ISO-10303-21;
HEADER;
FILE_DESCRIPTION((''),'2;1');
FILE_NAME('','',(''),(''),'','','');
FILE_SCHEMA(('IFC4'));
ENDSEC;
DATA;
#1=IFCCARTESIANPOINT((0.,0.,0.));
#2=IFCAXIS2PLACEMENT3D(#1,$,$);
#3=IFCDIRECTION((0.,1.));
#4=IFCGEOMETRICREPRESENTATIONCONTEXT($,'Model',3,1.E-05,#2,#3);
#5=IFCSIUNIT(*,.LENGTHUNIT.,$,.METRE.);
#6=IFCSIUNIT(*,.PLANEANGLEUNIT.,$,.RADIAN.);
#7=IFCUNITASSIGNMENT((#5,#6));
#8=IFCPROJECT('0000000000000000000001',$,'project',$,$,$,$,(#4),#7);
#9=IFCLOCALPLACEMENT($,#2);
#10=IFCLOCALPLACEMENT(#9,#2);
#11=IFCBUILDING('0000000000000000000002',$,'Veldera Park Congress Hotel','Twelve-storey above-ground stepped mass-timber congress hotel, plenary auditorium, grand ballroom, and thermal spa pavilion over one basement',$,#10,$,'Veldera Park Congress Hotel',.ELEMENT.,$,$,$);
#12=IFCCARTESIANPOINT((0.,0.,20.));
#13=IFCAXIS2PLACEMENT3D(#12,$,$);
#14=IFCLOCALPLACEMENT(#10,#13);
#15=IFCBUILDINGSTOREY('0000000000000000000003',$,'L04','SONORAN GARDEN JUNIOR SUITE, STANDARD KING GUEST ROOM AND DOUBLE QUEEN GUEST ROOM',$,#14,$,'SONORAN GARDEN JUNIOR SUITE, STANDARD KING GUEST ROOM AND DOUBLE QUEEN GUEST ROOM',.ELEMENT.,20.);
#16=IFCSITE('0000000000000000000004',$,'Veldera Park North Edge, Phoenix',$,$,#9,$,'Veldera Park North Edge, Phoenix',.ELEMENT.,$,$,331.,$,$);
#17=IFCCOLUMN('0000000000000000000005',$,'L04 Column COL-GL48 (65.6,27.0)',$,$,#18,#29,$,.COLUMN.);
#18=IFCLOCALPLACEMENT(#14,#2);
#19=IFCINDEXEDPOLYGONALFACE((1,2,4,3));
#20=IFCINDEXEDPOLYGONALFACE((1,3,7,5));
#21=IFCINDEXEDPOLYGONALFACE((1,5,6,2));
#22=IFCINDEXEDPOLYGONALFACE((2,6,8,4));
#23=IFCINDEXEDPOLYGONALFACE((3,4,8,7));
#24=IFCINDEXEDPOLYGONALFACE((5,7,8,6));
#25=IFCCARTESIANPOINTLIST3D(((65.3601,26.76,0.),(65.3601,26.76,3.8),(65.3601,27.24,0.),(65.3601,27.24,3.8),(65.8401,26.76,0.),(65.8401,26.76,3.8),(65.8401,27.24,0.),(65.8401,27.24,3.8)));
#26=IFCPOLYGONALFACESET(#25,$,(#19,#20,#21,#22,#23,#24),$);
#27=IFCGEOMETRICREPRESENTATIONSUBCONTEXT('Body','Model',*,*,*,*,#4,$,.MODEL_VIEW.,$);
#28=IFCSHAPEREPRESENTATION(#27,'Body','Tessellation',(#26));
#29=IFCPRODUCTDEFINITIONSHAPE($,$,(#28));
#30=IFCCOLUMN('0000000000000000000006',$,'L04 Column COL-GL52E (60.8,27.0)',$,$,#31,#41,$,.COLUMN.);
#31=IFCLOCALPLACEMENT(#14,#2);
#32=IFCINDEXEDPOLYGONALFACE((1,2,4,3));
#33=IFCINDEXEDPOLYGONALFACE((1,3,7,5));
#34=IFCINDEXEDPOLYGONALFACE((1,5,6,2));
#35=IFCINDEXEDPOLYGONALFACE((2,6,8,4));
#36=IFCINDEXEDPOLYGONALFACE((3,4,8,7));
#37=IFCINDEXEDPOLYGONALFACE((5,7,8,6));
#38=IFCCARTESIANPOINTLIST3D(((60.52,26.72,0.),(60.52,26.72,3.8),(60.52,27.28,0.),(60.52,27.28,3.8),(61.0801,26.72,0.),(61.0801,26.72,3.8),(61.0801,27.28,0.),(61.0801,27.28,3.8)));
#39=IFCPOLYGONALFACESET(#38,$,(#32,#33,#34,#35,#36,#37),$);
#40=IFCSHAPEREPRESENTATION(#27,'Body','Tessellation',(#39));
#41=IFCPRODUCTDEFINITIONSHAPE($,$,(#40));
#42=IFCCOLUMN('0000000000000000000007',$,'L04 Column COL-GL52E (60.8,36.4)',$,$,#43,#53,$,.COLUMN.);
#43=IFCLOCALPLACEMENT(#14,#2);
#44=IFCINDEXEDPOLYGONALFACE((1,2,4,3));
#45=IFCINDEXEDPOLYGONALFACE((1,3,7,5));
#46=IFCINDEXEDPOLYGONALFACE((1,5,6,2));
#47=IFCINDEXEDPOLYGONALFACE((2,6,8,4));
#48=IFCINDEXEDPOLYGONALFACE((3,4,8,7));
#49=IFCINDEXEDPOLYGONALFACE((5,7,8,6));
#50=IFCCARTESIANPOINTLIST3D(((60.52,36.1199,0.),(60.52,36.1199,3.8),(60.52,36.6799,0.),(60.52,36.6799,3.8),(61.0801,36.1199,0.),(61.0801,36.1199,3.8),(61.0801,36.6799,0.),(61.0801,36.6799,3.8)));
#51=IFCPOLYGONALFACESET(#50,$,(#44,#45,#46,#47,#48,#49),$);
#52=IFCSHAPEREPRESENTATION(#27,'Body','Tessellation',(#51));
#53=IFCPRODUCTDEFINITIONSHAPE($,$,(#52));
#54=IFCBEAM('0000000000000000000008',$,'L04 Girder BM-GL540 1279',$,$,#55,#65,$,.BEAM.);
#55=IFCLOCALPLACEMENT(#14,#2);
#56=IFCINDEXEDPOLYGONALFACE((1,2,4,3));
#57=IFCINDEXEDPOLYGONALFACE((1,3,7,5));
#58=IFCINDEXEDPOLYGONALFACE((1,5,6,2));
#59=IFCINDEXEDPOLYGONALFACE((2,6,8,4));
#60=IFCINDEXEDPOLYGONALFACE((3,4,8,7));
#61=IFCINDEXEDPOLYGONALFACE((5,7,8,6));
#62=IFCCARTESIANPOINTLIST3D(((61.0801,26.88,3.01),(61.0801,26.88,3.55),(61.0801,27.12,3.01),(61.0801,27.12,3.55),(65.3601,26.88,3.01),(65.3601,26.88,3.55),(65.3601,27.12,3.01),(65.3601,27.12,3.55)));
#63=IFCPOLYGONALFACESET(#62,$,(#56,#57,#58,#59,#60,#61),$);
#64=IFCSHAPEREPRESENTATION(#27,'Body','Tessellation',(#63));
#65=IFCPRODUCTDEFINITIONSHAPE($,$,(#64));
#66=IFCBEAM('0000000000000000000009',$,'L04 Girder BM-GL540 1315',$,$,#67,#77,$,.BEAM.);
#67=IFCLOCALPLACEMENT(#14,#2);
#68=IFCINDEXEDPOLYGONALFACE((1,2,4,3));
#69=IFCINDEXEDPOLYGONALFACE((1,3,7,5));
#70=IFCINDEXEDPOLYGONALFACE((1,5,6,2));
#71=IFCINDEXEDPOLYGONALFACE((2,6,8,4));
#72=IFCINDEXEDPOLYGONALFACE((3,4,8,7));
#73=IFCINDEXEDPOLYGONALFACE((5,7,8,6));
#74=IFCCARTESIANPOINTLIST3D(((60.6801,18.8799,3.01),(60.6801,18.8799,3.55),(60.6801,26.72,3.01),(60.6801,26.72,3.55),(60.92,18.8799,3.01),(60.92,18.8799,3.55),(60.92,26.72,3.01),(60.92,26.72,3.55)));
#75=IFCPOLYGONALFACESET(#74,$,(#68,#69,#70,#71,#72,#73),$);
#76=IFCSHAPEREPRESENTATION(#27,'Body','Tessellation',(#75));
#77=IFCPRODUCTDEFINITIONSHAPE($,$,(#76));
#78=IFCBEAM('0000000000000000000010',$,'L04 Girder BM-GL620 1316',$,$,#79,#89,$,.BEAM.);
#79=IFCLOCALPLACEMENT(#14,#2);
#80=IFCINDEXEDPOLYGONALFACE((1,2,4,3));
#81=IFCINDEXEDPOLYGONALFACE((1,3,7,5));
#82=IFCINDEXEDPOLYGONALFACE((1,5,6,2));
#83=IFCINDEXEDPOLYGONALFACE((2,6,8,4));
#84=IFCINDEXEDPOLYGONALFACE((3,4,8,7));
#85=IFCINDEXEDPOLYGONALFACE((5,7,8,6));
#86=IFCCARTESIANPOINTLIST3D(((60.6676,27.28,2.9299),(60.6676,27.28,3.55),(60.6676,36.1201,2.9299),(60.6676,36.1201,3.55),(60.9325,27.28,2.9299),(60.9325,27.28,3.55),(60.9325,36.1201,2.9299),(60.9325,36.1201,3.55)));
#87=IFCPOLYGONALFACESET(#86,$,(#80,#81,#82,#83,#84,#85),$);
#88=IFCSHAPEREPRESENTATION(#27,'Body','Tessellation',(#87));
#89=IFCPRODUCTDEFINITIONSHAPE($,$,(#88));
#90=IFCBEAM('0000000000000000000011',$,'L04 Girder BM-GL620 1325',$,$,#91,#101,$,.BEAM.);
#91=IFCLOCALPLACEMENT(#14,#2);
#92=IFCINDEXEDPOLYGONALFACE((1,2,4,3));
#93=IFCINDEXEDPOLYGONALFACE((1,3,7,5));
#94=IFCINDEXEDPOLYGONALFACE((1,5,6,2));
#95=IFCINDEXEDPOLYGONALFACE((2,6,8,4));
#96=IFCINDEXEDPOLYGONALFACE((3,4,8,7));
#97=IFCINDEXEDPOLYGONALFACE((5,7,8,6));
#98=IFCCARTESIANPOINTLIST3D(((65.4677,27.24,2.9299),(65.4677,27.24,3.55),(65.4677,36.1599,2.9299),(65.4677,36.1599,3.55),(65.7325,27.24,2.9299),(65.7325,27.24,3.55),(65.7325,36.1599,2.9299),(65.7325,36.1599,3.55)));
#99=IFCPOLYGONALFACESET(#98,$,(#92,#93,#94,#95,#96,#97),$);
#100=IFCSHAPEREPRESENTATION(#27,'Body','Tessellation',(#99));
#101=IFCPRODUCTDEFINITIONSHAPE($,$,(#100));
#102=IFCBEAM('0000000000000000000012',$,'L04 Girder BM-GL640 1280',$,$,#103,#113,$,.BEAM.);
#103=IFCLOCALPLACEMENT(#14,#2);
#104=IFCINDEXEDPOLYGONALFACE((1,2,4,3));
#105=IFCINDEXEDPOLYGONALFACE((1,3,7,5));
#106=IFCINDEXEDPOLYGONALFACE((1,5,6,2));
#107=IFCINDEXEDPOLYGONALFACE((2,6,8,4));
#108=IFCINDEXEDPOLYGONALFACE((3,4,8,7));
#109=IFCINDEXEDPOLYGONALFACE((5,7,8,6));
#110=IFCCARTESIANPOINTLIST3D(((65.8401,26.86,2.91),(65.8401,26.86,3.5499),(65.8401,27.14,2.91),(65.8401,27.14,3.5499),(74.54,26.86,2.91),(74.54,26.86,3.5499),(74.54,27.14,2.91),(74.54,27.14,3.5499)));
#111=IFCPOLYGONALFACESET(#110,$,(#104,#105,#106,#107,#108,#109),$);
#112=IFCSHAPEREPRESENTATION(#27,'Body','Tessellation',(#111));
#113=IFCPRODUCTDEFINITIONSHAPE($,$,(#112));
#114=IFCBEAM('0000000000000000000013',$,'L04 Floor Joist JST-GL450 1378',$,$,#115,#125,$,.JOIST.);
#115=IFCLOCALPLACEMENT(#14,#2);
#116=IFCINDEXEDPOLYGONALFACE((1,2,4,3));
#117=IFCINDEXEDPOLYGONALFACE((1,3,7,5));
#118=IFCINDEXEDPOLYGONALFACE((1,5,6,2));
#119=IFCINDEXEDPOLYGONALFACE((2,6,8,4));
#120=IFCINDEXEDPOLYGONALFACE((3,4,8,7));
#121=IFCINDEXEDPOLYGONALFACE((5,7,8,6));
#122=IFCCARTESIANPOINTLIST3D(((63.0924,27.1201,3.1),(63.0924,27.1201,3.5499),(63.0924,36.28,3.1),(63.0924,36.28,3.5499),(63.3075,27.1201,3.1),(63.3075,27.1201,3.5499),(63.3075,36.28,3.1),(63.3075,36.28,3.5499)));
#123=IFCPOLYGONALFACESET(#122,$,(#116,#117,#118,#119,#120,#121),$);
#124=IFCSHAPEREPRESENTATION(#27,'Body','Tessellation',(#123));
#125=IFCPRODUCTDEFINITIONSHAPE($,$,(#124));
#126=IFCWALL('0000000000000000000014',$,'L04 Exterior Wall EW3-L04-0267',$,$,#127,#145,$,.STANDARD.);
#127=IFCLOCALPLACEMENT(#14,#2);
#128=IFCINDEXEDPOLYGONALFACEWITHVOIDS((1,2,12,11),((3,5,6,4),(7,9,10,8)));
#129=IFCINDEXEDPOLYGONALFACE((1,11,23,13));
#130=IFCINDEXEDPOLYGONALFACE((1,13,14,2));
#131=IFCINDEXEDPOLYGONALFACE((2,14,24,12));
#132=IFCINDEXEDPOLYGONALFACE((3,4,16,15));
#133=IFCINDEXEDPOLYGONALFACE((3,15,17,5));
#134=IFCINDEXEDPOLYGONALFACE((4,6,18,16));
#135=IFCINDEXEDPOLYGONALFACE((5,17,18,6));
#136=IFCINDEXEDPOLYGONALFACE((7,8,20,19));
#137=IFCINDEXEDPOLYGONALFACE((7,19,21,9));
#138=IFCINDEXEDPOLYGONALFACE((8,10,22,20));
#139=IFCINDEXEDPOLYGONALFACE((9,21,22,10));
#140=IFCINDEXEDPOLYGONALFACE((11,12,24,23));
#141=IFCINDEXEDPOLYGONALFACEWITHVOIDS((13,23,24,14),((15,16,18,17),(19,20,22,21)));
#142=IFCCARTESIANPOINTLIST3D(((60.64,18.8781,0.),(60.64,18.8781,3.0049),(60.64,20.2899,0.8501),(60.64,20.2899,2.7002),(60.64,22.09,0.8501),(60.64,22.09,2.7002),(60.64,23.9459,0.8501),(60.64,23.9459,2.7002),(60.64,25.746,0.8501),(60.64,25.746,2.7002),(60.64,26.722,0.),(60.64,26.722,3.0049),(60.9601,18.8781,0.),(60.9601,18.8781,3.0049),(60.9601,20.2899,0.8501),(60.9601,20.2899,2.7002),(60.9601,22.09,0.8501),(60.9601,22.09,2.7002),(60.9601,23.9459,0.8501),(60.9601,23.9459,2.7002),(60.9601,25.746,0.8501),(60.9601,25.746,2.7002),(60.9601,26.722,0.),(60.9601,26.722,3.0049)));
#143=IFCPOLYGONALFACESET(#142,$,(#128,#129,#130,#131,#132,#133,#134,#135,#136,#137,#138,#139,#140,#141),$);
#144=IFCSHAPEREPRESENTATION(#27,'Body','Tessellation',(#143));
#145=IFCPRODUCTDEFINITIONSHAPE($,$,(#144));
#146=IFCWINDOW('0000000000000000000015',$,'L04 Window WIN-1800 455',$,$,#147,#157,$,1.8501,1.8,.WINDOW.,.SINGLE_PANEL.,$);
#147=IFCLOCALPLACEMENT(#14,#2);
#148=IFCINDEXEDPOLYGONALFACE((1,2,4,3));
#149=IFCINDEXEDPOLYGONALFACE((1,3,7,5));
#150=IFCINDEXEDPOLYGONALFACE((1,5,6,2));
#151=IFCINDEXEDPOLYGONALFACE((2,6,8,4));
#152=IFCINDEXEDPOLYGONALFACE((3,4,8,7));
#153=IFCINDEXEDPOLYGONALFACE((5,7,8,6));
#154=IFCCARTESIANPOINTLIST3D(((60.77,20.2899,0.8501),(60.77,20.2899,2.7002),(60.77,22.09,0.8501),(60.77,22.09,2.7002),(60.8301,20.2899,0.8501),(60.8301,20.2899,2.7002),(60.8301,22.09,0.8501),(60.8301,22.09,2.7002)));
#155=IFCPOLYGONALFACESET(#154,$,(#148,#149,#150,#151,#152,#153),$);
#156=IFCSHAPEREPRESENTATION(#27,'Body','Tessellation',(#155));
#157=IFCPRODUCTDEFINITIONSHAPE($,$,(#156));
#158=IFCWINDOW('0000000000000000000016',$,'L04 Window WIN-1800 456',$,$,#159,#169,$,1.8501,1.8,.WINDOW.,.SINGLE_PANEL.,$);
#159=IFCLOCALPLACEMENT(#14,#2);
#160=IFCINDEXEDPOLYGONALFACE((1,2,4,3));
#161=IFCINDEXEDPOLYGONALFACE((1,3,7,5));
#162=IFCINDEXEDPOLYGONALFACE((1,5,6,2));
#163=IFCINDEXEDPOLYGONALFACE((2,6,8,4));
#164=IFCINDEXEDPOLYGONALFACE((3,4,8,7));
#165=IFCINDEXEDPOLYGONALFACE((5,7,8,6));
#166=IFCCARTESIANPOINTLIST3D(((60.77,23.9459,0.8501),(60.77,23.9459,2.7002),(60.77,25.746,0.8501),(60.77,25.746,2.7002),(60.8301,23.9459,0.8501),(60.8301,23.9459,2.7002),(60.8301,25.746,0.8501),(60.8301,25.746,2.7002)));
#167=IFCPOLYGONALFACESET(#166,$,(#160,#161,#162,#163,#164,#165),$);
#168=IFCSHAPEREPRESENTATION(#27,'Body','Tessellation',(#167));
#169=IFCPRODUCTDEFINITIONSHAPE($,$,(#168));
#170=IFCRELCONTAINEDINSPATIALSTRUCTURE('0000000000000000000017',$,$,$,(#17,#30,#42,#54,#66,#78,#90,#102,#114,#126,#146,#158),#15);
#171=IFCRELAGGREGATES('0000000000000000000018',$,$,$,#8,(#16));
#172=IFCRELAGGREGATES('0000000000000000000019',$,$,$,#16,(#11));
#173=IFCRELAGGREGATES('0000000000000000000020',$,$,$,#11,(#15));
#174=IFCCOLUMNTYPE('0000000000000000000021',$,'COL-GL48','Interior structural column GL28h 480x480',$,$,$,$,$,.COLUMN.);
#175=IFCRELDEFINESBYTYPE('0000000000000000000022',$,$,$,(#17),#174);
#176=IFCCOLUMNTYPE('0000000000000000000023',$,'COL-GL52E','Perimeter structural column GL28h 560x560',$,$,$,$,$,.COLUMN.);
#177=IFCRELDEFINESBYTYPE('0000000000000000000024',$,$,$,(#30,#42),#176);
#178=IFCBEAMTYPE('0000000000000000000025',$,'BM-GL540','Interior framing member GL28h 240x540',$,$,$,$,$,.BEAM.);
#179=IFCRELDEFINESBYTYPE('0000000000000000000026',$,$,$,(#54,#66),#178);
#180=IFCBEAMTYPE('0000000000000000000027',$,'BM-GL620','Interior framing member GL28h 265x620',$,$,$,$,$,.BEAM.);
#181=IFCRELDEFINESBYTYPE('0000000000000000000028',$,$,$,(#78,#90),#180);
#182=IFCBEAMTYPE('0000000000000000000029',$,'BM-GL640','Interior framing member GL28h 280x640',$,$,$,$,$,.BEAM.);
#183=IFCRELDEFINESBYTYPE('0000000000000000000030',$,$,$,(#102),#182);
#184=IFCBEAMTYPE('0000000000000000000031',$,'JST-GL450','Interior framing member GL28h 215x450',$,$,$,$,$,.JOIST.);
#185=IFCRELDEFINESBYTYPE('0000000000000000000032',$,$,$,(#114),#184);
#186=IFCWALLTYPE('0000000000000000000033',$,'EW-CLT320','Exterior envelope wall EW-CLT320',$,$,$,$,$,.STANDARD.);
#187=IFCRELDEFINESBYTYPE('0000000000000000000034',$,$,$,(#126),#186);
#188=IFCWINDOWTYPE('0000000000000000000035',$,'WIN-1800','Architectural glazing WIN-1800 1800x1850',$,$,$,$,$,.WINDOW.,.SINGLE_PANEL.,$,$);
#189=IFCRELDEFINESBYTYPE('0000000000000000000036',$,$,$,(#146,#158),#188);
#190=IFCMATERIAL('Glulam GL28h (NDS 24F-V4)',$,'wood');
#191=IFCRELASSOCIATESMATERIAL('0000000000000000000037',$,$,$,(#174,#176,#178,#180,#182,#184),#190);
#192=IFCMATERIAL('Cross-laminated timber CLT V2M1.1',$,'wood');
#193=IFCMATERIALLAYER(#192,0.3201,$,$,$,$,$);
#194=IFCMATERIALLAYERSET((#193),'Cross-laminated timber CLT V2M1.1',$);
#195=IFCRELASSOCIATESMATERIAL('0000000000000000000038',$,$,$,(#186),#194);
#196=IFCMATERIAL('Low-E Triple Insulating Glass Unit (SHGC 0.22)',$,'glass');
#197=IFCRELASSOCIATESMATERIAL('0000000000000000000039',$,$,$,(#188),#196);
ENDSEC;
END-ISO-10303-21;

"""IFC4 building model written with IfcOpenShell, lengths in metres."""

from ifc_helpers import new_model, si_unit, direction, frame, frame_2d, origin, origin_2d, place, context, subcontext, project, spatial, rectangle, extrude, material, layer, layer_set, material_profile, profile_set, type_object, element, fill, save


model = new_model("IFC4")

# Units and contexts
model_context = context("Model", 3, precision=1e-05, world=origin(), true_north=direction((0.0, 1.0)))
body_context = subcontext(model_context, "Body", "Model", "MODEL_VIEW")
ifc_project = project(units=[si_unit("LENGTHUNIT", "METRE"), si_unit("PLANEANGLEUNIT", "RADIAN")], contexts=[model_context])

# Site, building, storey
site_placement = place(None, origin())
site = spatial("IfcSite", under=ifc_project, at=site_placement, Name="Veldera Park North Edge, Phoenix", LongName="Veldera Park North Edge, Phoenix", CompositionType="ELEMENT", RefElevation=331.0)
building_placement = place(site_placement, origin())
building = spatial("IfcBuilding", under=site, at=building_placement, Name="Veldera Park Congress Hotel", Description="Twelve-storey above-ground stepped mass-timber congress hotel, plenary auditorium, grand ballroom, and thermal spa pavilion over one basement", LongName="Veldera Park Congress Hotel", CompositionType="ELEMENT")
storey_placement = place(building_placement, frame((0.0, 0.0, 20.0)))
storey = spatial("IfcBuildingStorey", under=building, at=storey_placement, Name="L04", Description="SONORAN GARDEN JUNIOR SUITE, STANDARD KING GUEST ROOM AND DOUBLE QUEEN GUEST ROOM", LongName="SONORAN GARDEN JUNIOR SUITE, STANDARD KING GUEST ROOM AND DOUBLE QUEEN GUEST ROOM", CompositionType="ELEMENT", Elevation=20.0)

# Columns
ifc_material_1 = material(Name="Glulam GL28h (NDS 24F-V4)", Category="wood")
ifc_material_profile_1 = material_profile(ifc_material_1, rectangle(XDim=0.48, YDim=0.48, at=origin_2d()), Name="GL28h 480x480")
ifc_profile_set_1 = profile_set([ifc_material_profile_1], Name="Glulam GL28h (NDS 24F-V4)")
column_type_1 = type_object("IfcColumnType", Name="COL-GL48", Description="Interior structural column GL28h 480x480", PredefinedType="COLUMN", material=ifc_profile_set_1)
column_placement = place(storey_placement, frame((65.6001, 27.0, 0.0), z_axis=(0.0, 0.0, 1.0), x_axis=(1.0, 0.0, 0.0)))
element("IfcColumn", 1, at=column_placement, inside=storey, type_object=column_type_1, Name="L04 Column COL-GL48 (65.6,27.0)", PredefinedType="COLUMN", context=body_context, shape_type="SweptSolid", body=[
    extrude(rectangle(XDim=0.48, YDim=0.48, at=origin_2d()), origin(), (0.0, 0.0, 1.0), 3.8),
])
ifc_material_profile_2 = material_profile(ifc_material_1, rectangle(XDim=0.5601, YDim=0.5601, at=origin_2d()), Name="GL28h 560x560")
ifc_profile_set_2 = profile_set([ifc_material_profile_2], Name="Glulam GL28h (NDS 24F-V4)")
column_type_2 = type_object("IfcColumnType", Name="COL-GL52E", Description="Perimeter structural column GL28h 560x560", PredefinedType="COLUMN", material=ifc_profile_set_2)
for number, where, z_axis, x_axis, name in (
    (2, (60.8, 27.0, 0.0), (0.0, 0.0, 1.0), (1.0, 0.0, 0.0), "L04 Column COL-GL52E (60.8,27.0)"),
    (3, (60.8, 36.3999, 0.0), (0.0, 0.0, 1.0), (1.0, 0.0, 0.0), "L04 Column COL-GL52E (60.8,36.4)"),
):
    element("IfcColumn", number, at=place(storey_placement, frame(where, z_axis=z_axis, x_axis=x_axis)), inside=storey, type_object=column_type_2, Name=name, PredefinedType="COLUMN", context=body_context, shape_type="SweptSolid", body=[
        extrude(rectangle(XDim=0.5601, YDim=0.5601, at=origin_2d()), origin(), (0.0, 0.0, 1.0), 3.8),
    ])

# Beams
ifc_material_profile_3 = material_profile(ifc_material_1, rectangle(XDim=0.24, YDim=0.54, at=origin_2d()), Name="GL28h 240x540")
ifc_profile_set_3 = profile_set([ifc_material_profile_3], Name="Glulam GL28h (NDS 24F-V4)")
beam_type_1 = type_object("IfcBeamType", Name="BM-GL540", Description="Interior framing member GL28h 240x540", PredefinedType="BEAM", material=ifc_profile_set_3)
beam_1_placement = place(storey_placement, frame((61.0801, 27.0, 3.28), z_axis=(1.0, 0.0, 0.0), x_axis=(0.0, 1.0, 0.0)))
element("IfcBeam", 4, at=beam_1_placement, inside=storey, type_object=beam_type_1, Name="L04 Girder BM-GL540 1279", PredefinedType="BEAM", context=body_context, shape_type="SweptSolid", body=[
    extrude(rectangle(XDim=0.24, YDim=0.54, at=origin_2d()), origin(), (0.0, 0.0, 1.0), 4.28),
])
beam_2_placement = place(storey_placement, frame((60.8, 18.8799, 3.28), z_axis=(0.0, 1.0, 0.0), x_axis=(-1.0, 0.0, 0.0)))
element("IfcBeam", 5, at=beam_2_placement, inside=storey, type_object=beam_type_1, Name="L04 Girder BM-GL540 1315", PredefinedType="BEAM", context=body_context, shape_type="SweptSolid", body=[
    extrude(rectangle(XDim=0.24, YDim=0.54, at=origin_2d()), origin(), (0.0, 0.0, 1.0), 7.8401),
])
ifc_material_profile_4 = material_profile(ifc_material_1, rectangle(XDim=0.2649, YDim=0.6201, at=origin_2d()), Name="GL28h 265x620")
ifc_profile_set_4 = profile_set([ifc_material_profile_4], Name="Glulam GL28h (NDS 24F-V4)")
beam_type_2 = type_object("IfcBeamType", Name="BM-GL620", Description="Interior framing member GL28h 265x620", PredefinedType="BEAM", material=ifc_profile_set_4)
beam_3_placement = place(storey_placement, frame((60.8, 27.28, 3.24), z_axis=(0.0, 1.0, 0.0), x_axis=(-1.0, 0.0, 0.0)))
element("IfcBeam", 6, at=beam_3_placement, inside=storey, type_object=beam_type_2, Name="L04 Girder BM-GL620 1316", PredefinedType="BEAM", context=body_context, shape_type="SweptSolid", body=[
    extrude(rectangle(XDim=0.2649, YDim=0.6201, at=origin_2d()), origin(), (0.0, 0.0, 1.0), 8.8401),
])
beam_4_placement = place(storey_placement, frame((65.6001, 27.24, 3.24), z_axis=(0.0, 1.0, 0.0), x_axis=(-1.0, 0.0, 0.0)))
element("IfcBeam", 7, at=beam_4_placement, inside=storey, type_object=beam_type_2, Name="L04 Girder BM-GL620 1325", PredefinedType="BEAM", context=body_context, shape_type="SweptSolid", body=[
    extrude(rectangle(XDim=0.2649, YDim=0.6201, at=origin_2d()), origin(), (0.0, 0.0, 1.0), 8.9199),
])
ifc_material_profile_5 = material_profile(ifc_material_1, rectangle(XDim=0.28, YDim=0.6399, at=origin_2d()), Name="GL28h 280x640")
ifc_profile_set_5 = profile_set([ifc_material_profile_5], Name="Glulam GL28h (NDS 24F-V4)")
beam_type_3 = type_object("IfcBeamType", Name="BM-GL640", Description="Interior framing member GL28h 280x640", PredefinedType="BEAM", material=ifc_profile_set_5)
beam_5_placement = place(storey_placement, frame((65.8401, 27.0, 3.23), z_axis=(1.0, 0.0, 0.0), x_axis=(0.0, 1.0, 0.0)))
element("IfcBeam", 8, at=beam_5_placement, inside=storey, type_object=beam_type_3, Name="L04 Girder BM-GL640 1280", PredefinedType="BEAM", context=body_context, shape_type="SweptSolid", body=[
    extrude(rectangle(XDim=0.28, YDim=0.6399, at=origin_2d()), origin(), (0.0, 0.0, 1.0), 8.7),
])
ifc_material_profile_6 = material_profile(ifc_material_1, rectangle(XDim=0.2151, YDim=0.45, at=origin_2d()), Name="GL28h 215x450")
ifc_profile_set_6 = profile_set([ifc_material_profile_6], Name="Glulam GL28h (NDS 24F-V4)")
beam_type_4 = type_object("IfcBeamType", Name="JST-GL450", Description="Interior framing member GL28h 215x450", PredefinedType="JOIST", material=ifc_profile_set_6)
beam_6_placement = place(storey_placement, frame((63.2, 27.1201, 3.325), z_axis=(0.0, 1.0, 0.0), x_axis=(-1.0, 0.0, 0.0)))
element("IfcBeam", 9, at=beam_6_placement, inside=storey, type_object=beam_type_4, Name="L04 Floor Joist JST-GL450 1378", PredefinedType="JOIST", context=body_context, shape_type="SweptSolid", body=[
    extrude(rectangle(XDim=0.2151, YDim=0.45, at=origin_2d()), origin(), (0.0, 0.0, 1.0), 9.1599),
])

# Wall, openings, windows
ifc_material_2 = material(Name="Cross-laminated timber CLT V2M1.1", Category="wood")
ifc_layer_1 = layer(ifc_material_2, 0.3201)
ifc_layer_set_1 = layer_set([ifc_layer_1], Name="Cross-laminated timber CLT V2M1.1")
wall_type_1 = type_object("IfcWallType", Name="EW-CLT320", Description="Exterior envelope wall EW-CLT320", PredefinedType="STANDARD", material=ifc_layer_set_1)
wall_1_placement = place(storey_placement, frame((60.8, 26.7219, 0.0), z_axis=(0.0, 0.0, 1.0), x_axis=(0.0, -1.0, 0.0)))
wall_1 = element("IfcWall", 10, at=wall_1_placement, inside=storey, type_object=wall_type_1, Name="L04 Exterior Wall EW3-L04-0267", PredefinedType="STANDARD", context=body_context, shape_type="SweptSolid", body=[
    extrude(rectangle(XDim=7.844, YDim=0.3201, at=frame_2d((3.9219, 0.0))), origin(), (0.0, 0.0, 1.0), 3.0049),
])
opening_1_placement = place(wall_1_placement, frame((4.6321, 0.0, 0.8501)))
opening_1 = element("IfcOpeningElement", 11, at=opening_1_placement, cuts=wall_1, PredefinedType="OPENING", context=body_context, shape_type="SweptSolid", body=[
    extrude(rectangle(XDim=1.8, YDim=1.8501, at=frame_2d((0.8999, 0.925))), frame((0.0, 0.1721, 0.0), z_axis=(0.0, -1.0, 0.0), x_axis=(1.0, 0.0, 0.0)), (0.0, 0.0, 1.0), 0.344),
])
opening_2_placement = place(wall_1_placement, frame((0.9761, 0.0, 0.8501)))
opening_2 = element("IfcOpeningElement", 12, at=opening_2_placement, cuts=wall_1, PredefinedType="OPENING", context=body_context, shape_type="SweptSolid", body=[
    extrude(rectangle(XDim=1.8, YDim=1.8501, at=frame_2d((0.8999, 0.925))), frame((0.0, 0.1721, 0.0), z_axis=(0.0, -1.0, 0.0), x_axis=(1.0, 0.0, 0.0)), (0.0, 0.0, 1.0), 0.344),
])
ifc_material_3 = material(Name="Low-E Triple Insulating Glass Unit (SHGC 0.22)", Category="glass")
window_type = type_object("IfcWindowType", Name="WIN-1800", Description="Architectural glazing WIN-1800 1800x1850", PartitioningType="SINGLE_PANEL", PredefinedType="WINDOW", material=ifc_material_3)
window_1_placement = place(opening_1_placement, origin())
window_1 = element("IfcWindow", 13, at=window_1_placement, inside=storey, type_object=window_type, Name="L04 Window WIN-1800 455", OverallHeight=1.8501, OverallWidth=1.8, PartitioningType="SINGLE_PANEL", PredefinedType="WINDOW", context=body_context, shape_type="SweptSolid", body=[
    extrude(rectangle(XDim=1.8, YDim=1.8501, at=frame_2d((0.8999, 0.925))), frame((0.0, 0.03, 0.0), z_axis=(0.0, -1.0, 0.0), x_axis=(1.0, 0.0, 0.0)), (0.0, 0.0, 1.0), 0.0601),
])
fill(opening_1, window_1)
window_2_placement = place(opening_2_placement, origin())
window_2 = element("IfcWindow", 14, at=window_2_placement, inside=storey, type_object=window_type, Name="L04 Window WIN-1800 456", OverallHeight=1.8501, OverallWidth=1.8, PartitioningType="SINGLE_PANEL", PredefinedType="WINDOW", context=body_context, shape_type="SweptSolid", body=[
    extrude(rectangle(XDim=1.8, YDim=1.8501, at=frame_2d((0.8999, 0.925))), frame((0.0, 0.03, 0.0), z_axis=(0.0, -1.0, 0.0), x_axis=(1.0, 0.0, 0.0)), (0.0, 0.0, 1.0), 0.0601),
])
fill(opening_2, window_2)

save(model, "model.ifc")
